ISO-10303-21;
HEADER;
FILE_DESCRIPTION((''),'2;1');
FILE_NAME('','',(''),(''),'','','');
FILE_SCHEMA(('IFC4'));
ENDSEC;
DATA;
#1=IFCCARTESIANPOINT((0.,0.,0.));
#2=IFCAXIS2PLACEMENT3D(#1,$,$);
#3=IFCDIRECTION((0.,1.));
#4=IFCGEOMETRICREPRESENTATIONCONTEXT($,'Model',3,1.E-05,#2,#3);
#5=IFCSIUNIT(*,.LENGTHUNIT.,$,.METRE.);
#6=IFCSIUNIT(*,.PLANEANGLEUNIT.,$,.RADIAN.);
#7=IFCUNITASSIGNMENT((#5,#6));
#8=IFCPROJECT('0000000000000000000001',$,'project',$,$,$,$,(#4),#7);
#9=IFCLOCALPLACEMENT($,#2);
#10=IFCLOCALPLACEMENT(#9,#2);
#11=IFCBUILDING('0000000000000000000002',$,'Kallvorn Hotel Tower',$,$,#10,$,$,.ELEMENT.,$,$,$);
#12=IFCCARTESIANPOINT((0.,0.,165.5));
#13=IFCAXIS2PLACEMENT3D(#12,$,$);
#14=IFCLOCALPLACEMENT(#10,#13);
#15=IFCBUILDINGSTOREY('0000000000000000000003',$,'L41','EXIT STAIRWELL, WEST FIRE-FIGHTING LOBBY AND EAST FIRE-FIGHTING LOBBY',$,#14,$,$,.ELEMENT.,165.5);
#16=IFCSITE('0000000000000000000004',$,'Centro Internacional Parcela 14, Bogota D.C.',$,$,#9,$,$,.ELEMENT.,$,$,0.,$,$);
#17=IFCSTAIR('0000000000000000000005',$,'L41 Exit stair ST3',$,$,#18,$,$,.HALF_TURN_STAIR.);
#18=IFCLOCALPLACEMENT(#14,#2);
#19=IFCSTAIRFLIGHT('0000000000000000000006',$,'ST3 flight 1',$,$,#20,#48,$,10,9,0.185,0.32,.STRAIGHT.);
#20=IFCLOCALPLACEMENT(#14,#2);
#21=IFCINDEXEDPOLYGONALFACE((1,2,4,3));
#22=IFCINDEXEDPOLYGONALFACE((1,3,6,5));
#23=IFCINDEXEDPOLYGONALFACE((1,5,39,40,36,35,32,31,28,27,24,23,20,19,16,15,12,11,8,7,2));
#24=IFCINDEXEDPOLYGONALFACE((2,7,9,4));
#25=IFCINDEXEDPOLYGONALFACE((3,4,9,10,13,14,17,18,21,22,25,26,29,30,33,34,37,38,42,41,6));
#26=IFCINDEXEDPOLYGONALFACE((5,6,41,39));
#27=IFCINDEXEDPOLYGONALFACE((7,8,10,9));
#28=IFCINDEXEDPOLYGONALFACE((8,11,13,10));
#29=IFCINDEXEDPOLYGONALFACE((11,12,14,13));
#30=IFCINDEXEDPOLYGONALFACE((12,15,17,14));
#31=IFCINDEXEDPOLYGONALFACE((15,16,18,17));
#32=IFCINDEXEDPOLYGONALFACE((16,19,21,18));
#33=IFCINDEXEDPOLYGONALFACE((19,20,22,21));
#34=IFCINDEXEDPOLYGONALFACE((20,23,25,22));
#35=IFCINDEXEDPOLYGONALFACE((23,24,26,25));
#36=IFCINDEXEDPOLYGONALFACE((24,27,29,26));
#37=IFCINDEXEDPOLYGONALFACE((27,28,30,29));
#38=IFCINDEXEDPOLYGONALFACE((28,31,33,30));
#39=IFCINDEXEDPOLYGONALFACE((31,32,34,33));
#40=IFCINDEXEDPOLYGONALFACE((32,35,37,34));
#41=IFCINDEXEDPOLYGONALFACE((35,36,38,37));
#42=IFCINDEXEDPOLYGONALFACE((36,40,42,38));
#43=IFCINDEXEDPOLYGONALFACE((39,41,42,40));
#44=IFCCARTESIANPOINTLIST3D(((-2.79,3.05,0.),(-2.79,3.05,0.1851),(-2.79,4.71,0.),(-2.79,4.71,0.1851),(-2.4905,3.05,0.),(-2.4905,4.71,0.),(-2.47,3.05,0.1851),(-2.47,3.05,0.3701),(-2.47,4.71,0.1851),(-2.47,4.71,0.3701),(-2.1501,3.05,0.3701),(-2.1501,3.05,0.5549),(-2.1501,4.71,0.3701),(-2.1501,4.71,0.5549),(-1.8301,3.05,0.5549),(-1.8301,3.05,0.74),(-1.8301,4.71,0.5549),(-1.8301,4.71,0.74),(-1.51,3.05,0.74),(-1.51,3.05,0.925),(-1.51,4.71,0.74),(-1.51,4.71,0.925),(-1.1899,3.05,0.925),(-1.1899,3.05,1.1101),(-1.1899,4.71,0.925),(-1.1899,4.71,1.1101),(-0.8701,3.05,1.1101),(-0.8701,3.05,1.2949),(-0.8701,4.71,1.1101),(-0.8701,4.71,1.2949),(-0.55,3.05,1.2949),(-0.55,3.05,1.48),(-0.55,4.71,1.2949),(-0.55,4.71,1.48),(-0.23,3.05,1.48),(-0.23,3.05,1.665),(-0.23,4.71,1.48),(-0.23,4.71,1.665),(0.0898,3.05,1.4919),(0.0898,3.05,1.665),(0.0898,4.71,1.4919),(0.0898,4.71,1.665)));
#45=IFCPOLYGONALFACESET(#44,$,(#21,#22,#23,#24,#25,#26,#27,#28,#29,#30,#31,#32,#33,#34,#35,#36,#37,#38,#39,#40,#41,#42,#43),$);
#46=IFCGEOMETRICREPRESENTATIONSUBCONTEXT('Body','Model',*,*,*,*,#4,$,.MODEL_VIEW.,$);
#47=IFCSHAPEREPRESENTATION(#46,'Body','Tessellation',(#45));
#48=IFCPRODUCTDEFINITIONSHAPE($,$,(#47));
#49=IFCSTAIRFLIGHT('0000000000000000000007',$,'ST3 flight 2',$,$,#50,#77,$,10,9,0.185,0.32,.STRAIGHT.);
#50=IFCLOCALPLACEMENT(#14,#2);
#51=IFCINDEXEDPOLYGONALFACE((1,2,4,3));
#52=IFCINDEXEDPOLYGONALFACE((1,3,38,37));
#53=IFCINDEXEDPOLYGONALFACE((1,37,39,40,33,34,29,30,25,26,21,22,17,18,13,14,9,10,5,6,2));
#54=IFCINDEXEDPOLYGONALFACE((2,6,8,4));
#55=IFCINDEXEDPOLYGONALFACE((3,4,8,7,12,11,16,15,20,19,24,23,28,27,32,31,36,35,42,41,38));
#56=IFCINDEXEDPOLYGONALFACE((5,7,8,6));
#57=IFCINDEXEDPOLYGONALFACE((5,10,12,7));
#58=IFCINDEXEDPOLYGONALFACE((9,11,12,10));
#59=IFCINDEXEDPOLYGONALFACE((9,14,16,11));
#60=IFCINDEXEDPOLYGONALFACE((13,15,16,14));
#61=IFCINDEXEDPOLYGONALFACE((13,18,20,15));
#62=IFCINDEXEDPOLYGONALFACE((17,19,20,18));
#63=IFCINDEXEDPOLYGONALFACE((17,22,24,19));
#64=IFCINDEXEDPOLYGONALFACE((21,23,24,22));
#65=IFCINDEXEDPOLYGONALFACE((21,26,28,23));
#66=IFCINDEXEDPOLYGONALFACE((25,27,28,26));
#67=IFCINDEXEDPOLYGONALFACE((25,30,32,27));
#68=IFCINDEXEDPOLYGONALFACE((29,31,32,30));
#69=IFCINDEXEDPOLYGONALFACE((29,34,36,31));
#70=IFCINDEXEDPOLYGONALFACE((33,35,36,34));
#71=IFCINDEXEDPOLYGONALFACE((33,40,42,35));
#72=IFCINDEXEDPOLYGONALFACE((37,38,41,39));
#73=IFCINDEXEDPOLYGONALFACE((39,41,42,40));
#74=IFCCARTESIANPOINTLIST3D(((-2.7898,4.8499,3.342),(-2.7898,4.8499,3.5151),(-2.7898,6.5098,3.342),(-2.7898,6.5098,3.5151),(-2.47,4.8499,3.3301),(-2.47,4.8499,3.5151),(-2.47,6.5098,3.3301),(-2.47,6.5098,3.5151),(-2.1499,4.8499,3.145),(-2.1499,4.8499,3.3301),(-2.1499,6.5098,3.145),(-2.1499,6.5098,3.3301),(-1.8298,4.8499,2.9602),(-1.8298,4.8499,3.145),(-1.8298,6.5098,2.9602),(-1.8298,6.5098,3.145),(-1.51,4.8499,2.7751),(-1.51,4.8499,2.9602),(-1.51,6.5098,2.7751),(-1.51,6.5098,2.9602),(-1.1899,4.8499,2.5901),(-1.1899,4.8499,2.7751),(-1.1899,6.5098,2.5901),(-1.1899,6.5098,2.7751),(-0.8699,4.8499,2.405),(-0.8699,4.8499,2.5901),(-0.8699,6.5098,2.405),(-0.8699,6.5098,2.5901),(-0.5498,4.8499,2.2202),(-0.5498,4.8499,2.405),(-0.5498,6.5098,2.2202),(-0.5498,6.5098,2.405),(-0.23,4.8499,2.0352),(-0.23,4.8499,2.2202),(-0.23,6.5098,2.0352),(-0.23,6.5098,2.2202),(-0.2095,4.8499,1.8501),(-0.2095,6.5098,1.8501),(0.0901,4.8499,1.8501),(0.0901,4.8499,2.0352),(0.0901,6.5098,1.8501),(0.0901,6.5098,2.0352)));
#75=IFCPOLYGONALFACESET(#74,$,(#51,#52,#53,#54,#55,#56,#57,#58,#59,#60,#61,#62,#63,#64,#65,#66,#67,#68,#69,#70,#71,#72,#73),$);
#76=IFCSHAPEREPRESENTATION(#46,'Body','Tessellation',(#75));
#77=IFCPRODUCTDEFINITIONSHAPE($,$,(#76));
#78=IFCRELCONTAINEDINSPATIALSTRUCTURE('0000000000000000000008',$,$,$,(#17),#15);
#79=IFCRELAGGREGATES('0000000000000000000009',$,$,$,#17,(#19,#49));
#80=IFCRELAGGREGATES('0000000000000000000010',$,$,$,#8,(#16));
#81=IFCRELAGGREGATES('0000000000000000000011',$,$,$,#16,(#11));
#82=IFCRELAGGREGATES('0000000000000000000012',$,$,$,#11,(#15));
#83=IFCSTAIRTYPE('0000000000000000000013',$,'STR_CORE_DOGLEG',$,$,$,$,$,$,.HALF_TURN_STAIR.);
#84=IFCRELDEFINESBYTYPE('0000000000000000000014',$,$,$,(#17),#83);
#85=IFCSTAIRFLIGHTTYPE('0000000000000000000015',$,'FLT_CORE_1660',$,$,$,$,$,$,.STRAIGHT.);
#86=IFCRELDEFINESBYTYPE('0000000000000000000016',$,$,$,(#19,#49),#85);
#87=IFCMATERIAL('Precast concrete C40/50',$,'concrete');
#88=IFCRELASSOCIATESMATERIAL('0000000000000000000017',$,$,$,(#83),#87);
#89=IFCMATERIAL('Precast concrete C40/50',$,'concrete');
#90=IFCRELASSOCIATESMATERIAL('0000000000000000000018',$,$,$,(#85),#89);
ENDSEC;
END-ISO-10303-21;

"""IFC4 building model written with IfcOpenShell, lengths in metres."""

from ifc_helpers import new_model, si_unit, direction, frame, origin, place, context, subcontext, project, spatial, polyline, outline, extrude, material, type_object, element, aggregate, save


model = new_model("IFC4")

# Units and contexts
model_context = context("Model", 3, precision=1e-05, world=origin(), true_north=direction((0.0, 1.0)))
body_context = subcontext(model_context, "Body", "Model", "MODEL_VIEW")
ifc_project = project(units=[si_unit("LENGTHUNIT", "METRE"), si_unit("PLANEANGLEUNIT", "RADIAN")], contexts=[model_context])

# Site, building, storey
site_placement = place(None, origin())
site = spatial("IfcSite", under=ifc_project, at=site_placement, Name="Centro Internacional Parcela 14, Bogota D.C.", CompositionType="ELEMENT", RefElevation=0.0)
building_placement = place(site_placement, origin())
building = spatial("IfcBuilding", under=site, at=building_placement, Name="Kallvorn Hotel Tower", CompositionType="ELEMENT")
storey_placement = place(building_placement, frame((0.0, 0.0, 165.5)))
storey = spatial("IfcBuildingStorey", under=building, at=storey_placement, Name="L41", Description="EXIT STAIRWELL, WEST FIRE-FIGHTING LOBBY AND EAST FIRE-FIGHTING LOBBY", CompositionType="ELEMENT", Elevation=165.5)

# Stair
ifc_material_1 = material(Name="Precast concrete C40/50", Category="concrete")
stair_type = type_object("IfcStairType", Name="STR_CORE_DOGLEG", PredefinedType="HALF_TURN_STAIR", material=ifc_material_1)
stair_1_placement = place(storey_placement, origin())
stair_1 = element("IfcStair", 1, at=stair_1_placement, inside=storey, type_object=stair_type, Name="L41 Exit stair ST3", PredefinedType="HALF_TURN_STAIR")

# Stair flights
ifc_material_2 = material(Name="Precast concrete C40/50", Category="concrete")
stair_flight_type = type_object("IfcStairFlightType", Name="FLT_CORE_1660", PredefinedType="STRAIGHT", material=ifc_material_2)
stair_flight_1_placement = place(storey_placement, frame((-2.79, 3.8799, 0.0), z_axis=(0.0, 0.0, 1.0), x_axis=(1.0, 0.0, 0.0)))
stair_flight_1 = element("IfcStairFlight", 2, at=stair_flight_1_placement, type_object=stair_flight_type, Name="ST3 flight 1", NumberOfRisers=10, NumberOfTreads=9, PredefinedType="STRAIGHT", RiserHeight=0.185, TreadLength=0.32, context=body_context, shape_type="SweptSolid", body=[
    extrude(outline(polyline([(0.0, 0.0), (0.0, 0.1851), (0.3201, 0.1851), (0.3201, 0.3701), (0.6399, 0.3701), (0.6399, 0.5549), (0.96, 0.5549), (0.96, 0.74), (1.28, 0.74), (1.28, 0.925), (1.6001, 0.925), (1.6001, 1.1101), (1.9199, 1.1101), (1.9199, 1.2949), (2.24, 1.2949), (2.24, 1.48), (2.5601, 1.48), (2.5601, 1.665), (2.8799, 1.665), (2.8799, 1.8501), (2.8799, 1.4919), (0.2996, 0.0), (0.0, 0.0)])), frame((0.0, 0.8301, 0.0), z_axis=(0.0, -1.0, 0.0), x_axis=(1.0, 0.0, 0.0)), (0.0, 0.0, 1.0), 1.6599),
])
stair_flight_2_placement = place(storey_placement, frame((0.0901, 5.6799, 1.8501), z_axis=(0.0, 0.0, 1.0), x_axis=(-1.0, 0.0, 0.0)))
stair_flight_2 = element("IfcStairFlight", 3, at=stair_flight_2_placement, type_object=stair_flight_type, Name="ST3 flight 2", NumberOfRisers=10, NumberOfTreads=9, PredefinedType="STRAIGHT", RiserHeight=0.185, TreadLength=0.32, context=body_context, shape_type="SweptSolid", body=[
    extrude(outline(polyline([(0.0, 0.0), (0.0, 0.1851), (0.3201, 0.1851), (0.3201, 0.3701), (0.6399, 0.3701), (0.6399, 0.5549), (0.96, 0.5549), (0.96, 0.74), (1.28, 0.74), (1.28, 0.925), (1.6001, 0.925), (1.6001, 1.1101), (1.9199, 1.1101), (1.9199, 1.2949), (2.24, 1.2949), (2.24, 1.48), (2.5601, 1.48), (2.5601, 1.665), (2.8799, 1.665), (2.8799, 1.8501), (2.8799, 1.4919), (0.2996, 0.0), (0.0, 0.0)])), frame((0.0, 0.8301, 0.0), z_axis=(0.0, -1.0, 0.0), x_axis=(1.0, 0.0, 0.0)), (0.0, 0.0, 1.0), 1.6599),
])
aggregate(stair_1, [stair_flight_1, stair_flight_2])

save(model, "model.ifc")
